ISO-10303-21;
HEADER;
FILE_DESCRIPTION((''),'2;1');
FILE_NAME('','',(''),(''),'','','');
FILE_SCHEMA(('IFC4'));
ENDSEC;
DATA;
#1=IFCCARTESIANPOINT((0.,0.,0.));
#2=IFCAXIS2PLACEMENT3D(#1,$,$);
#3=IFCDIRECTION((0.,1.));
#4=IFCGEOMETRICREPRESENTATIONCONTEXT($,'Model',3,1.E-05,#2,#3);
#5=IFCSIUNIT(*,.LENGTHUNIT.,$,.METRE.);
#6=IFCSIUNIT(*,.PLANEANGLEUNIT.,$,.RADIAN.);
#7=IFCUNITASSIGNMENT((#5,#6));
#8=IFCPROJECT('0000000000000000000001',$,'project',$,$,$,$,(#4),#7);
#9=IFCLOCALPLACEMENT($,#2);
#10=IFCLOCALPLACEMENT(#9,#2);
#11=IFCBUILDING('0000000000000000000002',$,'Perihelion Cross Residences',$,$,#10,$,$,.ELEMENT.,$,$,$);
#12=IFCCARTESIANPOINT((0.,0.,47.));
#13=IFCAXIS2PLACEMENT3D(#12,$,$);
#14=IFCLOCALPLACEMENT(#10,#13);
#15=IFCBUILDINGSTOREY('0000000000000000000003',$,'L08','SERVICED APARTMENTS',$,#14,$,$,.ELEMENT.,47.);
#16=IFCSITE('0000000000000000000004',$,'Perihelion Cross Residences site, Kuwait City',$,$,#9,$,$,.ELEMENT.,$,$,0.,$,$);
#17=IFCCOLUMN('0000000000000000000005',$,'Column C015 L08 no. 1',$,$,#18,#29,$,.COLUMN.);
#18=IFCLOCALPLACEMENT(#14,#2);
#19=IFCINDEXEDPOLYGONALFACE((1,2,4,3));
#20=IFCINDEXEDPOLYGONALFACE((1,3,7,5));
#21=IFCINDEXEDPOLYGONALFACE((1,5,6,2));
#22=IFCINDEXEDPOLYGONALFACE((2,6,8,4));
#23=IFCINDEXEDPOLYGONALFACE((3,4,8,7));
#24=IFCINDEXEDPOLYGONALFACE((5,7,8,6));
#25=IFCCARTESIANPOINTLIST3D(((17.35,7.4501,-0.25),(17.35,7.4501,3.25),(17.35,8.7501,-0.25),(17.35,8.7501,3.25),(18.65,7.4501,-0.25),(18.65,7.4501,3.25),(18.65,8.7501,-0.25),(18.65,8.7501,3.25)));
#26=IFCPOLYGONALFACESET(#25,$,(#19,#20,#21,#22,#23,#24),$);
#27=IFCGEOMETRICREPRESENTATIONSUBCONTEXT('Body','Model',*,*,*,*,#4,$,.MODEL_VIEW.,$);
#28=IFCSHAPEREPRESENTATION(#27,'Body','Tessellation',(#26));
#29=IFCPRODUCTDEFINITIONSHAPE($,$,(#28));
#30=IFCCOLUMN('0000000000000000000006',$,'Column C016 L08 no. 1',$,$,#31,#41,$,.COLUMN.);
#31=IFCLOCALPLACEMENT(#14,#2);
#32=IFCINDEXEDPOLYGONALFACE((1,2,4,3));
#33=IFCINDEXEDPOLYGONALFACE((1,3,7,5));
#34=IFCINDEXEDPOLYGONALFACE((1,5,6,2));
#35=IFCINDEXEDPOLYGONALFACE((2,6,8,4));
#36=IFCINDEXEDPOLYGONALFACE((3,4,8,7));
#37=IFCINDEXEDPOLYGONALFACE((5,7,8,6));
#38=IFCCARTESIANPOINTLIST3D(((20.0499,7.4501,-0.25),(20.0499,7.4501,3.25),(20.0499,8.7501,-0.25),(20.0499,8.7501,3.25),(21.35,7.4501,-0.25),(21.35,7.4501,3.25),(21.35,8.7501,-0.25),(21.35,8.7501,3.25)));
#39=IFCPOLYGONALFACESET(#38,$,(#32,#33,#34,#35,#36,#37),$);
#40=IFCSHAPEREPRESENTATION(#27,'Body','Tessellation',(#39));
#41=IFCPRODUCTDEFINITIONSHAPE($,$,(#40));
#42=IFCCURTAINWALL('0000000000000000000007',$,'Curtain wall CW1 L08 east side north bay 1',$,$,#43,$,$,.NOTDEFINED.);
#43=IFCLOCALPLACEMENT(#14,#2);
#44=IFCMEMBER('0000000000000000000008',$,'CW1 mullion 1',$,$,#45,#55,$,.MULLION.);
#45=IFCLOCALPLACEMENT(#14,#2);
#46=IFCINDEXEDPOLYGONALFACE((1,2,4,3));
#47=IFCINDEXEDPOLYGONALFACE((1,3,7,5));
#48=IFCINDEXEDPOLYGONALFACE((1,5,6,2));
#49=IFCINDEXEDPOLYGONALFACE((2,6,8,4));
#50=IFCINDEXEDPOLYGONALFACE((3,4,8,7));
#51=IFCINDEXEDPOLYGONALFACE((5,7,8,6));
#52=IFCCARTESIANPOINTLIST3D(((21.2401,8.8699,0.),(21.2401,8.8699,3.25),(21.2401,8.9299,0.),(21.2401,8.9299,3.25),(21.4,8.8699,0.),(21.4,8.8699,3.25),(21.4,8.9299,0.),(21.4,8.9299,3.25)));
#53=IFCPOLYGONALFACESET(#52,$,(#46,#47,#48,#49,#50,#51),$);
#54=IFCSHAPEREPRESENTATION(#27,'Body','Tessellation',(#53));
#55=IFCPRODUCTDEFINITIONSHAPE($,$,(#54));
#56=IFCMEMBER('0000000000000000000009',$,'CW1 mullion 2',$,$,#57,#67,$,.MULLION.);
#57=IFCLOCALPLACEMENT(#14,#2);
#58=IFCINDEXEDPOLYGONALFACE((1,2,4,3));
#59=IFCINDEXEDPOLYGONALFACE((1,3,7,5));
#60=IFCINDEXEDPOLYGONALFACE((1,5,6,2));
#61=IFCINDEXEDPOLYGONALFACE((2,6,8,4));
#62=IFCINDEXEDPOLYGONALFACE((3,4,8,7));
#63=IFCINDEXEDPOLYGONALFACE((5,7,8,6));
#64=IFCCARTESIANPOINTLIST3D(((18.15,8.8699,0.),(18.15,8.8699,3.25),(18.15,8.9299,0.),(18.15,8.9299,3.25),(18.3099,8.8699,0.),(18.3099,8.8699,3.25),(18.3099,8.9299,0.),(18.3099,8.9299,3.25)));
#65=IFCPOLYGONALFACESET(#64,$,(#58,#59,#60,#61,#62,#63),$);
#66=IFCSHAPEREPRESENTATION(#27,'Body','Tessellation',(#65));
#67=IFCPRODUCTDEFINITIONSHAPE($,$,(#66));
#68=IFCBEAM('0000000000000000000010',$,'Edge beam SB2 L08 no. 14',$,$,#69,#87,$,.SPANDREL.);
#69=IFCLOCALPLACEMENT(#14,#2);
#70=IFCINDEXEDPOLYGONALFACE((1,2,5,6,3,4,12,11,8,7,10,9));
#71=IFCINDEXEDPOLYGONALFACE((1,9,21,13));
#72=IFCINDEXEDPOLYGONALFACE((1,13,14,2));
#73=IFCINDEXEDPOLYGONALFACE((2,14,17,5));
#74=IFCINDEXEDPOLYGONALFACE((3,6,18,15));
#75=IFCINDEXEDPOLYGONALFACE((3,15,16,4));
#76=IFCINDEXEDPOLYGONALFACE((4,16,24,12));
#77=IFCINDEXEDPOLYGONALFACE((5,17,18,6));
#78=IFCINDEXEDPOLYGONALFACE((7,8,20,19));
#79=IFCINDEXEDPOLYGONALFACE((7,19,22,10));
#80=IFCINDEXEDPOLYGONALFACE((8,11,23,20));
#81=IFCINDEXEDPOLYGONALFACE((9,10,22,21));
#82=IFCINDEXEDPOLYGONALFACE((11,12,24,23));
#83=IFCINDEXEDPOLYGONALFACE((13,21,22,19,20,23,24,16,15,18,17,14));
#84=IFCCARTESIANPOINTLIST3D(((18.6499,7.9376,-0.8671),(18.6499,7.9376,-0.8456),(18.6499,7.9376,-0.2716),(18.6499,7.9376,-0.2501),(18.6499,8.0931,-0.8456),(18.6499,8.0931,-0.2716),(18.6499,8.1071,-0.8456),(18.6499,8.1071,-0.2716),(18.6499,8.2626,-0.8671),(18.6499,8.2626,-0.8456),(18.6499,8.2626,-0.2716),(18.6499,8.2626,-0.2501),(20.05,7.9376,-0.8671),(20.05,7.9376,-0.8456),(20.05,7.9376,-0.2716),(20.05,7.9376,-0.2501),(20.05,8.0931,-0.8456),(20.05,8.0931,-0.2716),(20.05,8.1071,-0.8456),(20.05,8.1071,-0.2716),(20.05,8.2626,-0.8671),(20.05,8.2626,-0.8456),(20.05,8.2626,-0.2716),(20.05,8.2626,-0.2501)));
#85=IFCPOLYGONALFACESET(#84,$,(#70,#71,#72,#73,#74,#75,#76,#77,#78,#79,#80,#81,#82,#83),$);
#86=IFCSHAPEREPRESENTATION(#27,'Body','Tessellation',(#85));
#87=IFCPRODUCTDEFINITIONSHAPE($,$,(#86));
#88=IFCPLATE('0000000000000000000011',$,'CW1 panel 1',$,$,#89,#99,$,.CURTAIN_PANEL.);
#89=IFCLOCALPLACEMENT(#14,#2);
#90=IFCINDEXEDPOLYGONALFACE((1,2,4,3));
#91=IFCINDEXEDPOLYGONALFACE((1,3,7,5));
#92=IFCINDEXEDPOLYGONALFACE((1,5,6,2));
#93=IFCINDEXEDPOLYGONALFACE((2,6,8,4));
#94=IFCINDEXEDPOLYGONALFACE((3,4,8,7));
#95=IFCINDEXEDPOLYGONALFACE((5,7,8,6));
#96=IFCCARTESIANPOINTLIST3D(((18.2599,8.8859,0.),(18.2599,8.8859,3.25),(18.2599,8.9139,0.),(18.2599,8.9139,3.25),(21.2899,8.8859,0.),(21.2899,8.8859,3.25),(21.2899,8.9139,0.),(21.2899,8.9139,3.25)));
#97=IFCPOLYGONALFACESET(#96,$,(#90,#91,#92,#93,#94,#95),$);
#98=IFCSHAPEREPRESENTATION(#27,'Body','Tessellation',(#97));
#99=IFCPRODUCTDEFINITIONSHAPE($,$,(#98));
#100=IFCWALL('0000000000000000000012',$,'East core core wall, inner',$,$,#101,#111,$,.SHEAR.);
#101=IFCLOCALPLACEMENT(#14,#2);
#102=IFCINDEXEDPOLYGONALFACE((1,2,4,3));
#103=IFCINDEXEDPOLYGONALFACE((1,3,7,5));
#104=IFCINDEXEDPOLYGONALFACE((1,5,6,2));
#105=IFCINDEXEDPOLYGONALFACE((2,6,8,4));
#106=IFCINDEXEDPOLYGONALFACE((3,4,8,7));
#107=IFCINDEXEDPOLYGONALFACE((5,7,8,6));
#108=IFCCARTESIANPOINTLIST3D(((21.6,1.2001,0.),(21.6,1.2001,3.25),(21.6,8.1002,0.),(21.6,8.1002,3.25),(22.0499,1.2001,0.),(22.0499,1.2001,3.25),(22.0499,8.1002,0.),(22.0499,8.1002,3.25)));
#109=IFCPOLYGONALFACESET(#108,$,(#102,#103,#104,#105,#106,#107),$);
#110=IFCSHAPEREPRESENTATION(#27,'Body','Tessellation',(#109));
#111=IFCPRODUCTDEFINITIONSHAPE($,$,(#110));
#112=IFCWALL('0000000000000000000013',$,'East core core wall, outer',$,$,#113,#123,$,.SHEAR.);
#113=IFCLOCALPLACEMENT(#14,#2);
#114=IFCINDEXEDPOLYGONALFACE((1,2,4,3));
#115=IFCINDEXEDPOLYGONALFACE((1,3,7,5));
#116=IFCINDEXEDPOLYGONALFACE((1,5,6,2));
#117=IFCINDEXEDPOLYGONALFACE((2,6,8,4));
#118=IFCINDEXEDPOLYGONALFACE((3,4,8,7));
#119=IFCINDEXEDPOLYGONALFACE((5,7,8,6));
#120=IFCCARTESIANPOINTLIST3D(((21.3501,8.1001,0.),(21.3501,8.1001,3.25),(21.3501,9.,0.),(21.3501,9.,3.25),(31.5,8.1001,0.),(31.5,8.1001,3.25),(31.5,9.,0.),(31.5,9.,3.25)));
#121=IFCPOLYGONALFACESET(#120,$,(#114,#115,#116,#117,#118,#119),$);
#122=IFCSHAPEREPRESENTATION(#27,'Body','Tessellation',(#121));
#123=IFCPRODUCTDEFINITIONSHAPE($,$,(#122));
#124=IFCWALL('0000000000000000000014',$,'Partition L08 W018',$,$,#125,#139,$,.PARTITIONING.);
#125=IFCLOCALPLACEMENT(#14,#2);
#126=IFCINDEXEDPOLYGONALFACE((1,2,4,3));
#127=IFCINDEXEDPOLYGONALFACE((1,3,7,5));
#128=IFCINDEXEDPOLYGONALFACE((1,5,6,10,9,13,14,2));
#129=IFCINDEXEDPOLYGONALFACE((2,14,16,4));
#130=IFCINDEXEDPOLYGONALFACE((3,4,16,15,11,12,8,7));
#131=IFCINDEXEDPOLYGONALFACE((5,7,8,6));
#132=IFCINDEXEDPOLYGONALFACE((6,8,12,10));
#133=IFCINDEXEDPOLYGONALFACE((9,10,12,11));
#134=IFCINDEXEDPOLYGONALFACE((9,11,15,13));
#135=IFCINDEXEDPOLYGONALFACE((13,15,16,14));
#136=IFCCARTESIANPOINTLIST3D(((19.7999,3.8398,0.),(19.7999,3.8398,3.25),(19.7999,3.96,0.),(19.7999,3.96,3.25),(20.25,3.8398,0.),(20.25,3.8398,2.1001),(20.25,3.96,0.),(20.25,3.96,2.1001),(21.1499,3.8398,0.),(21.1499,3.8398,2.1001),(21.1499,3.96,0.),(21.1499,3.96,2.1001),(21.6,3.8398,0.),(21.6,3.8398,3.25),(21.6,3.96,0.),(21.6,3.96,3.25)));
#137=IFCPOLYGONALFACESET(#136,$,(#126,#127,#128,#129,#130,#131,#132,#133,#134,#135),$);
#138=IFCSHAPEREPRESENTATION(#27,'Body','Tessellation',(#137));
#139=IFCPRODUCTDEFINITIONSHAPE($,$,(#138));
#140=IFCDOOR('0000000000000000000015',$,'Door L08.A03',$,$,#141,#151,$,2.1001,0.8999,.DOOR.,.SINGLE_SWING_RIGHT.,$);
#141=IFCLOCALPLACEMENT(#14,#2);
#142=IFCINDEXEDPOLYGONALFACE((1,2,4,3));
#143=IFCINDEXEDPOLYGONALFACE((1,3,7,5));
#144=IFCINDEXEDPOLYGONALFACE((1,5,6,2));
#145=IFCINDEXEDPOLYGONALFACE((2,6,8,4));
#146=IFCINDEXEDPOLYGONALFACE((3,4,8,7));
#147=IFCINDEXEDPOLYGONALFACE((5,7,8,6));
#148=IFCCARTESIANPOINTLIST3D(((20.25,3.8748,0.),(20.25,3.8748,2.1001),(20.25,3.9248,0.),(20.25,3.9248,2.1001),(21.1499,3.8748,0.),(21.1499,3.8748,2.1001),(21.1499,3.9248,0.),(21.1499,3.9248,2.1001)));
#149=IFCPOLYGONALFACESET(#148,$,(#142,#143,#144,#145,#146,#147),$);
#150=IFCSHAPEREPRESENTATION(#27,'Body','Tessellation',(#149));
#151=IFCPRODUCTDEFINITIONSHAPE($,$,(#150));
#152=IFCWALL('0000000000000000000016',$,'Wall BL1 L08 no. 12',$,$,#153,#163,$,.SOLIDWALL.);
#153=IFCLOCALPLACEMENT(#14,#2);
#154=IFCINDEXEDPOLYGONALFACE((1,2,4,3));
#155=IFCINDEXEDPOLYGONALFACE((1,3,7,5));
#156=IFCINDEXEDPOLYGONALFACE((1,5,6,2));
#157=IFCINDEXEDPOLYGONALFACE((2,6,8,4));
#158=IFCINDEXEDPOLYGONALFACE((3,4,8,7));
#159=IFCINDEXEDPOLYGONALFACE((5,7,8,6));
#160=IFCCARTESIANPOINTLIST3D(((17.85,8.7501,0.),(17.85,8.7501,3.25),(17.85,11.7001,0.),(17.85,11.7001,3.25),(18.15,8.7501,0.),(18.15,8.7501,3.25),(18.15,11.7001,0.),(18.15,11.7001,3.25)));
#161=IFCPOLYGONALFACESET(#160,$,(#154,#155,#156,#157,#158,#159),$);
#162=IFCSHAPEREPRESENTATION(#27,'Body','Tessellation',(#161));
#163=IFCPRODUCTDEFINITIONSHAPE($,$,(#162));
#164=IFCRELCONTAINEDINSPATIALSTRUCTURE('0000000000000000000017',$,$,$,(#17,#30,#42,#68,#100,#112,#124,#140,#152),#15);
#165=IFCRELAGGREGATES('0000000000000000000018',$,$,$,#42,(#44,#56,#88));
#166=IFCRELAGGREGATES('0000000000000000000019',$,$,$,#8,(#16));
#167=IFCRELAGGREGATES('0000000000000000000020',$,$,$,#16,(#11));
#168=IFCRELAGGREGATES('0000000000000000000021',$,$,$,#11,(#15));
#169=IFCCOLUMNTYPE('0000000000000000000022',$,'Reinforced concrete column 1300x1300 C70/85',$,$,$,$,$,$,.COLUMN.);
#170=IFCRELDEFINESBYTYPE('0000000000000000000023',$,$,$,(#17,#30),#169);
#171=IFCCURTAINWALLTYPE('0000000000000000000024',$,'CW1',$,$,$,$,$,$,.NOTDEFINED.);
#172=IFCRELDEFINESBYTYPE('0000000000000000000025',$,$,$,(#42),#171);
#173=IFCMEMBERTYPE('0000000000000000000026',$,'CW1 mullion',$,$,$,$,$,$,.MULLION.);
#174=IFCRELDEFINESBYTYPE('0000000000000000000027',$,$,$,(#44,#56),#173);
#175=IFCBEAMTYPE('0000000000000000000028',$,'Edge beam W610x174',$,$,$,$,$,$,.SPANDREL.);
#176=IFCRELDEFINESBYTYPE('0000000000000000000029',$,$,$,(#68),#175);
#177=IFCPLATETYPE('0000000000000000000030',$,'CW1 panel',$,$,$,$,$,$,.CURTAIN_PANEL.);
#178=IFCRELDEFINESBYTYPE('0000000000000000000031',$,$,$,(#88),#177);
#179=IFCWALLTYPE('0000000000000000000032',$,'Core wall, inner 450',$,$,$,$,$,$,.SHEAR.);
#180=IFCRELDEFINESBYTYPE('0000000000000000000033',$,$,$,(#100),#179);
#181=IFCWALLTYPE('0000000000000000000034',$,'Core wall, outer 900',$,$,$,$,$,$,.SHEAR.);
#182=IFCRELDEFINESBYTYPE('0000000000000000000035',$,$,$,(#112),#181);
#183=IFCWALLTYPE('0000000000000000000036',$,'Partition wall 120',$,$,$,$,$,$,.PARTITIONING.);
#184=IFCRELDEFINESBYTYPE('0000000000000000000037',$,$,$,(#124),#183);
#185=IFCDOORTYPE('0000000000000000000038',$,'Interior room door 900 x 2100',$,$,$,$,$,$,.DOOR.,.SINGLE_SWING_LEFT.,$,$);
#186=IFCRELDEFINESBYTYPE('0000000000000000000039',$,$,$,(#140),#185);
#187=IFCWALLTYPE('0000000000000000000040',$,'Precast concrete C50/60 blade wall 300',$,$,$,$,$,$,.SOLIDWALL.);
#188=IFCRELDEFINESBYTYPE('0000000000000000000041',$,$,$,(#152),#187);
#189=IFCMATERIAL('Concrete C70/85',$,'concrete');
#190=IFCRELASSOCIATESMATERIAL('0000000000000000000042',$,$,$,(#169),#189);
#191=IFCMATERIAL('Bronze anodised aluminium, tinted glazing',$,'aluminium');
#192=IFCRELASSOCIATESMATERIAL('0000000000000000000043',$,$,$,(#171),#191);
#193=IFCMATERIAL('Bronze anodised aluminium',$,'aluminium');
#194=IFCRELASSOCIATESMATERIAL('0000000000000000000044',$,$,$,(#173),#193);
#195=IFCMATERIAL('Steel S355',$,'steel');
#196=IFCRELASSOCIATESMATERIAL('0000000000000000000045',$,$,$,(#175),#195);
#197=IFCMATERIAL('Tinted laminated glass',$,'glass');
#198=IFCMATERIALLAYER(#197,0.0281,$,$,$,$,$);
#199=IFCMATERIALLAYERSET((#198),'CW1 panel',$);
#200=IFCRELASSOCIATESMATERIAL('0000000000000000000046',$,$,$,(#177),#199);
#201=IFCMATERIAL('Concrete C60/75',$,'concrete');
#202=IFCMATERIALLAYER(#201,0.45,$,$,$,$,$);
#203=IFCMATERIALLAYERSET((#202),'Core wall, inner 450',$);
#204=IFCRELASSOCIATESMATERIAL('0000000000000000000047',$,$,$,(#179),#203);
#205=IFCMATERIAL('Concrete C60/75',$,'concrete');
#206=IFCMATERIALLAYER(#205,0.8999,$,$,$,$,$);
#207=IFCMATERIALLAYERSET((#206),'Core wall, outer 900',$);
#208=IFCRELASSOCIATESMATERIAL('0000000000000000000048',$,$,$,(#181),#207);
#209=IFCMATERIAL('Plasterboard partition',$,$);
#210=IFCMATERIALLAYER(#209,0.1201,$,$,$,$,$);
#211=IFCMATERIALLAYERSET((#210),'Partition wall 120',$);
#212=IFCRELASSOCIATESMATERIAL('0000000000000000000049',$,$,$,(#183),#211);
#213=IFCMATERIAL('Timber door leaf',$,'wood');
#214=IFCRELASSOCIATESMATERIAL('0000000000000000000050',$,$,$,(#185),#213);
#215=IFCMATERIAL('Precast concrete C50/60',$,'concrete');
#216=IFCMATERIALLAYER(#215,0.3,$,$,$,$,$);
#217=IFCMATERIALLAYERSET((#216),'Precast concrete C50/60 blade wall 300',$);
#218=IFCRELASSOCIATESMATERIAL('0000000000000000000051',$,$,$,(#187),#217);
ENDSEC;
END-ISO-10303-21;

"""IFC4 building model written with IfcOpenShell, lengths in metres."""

from ifc_helpers import new_model, si_unit, direction, frame, frame_2d, origin, origin_2d, place, context, subcontext, project, spatial, rectangle, i_section, extrude, material, layer, layer_set, material_profile, profile_set, type_object, element, fill, aggregate, save


model = new_model("IFC4")

# Units and contexts
model_context = context("Model", 3, precision=1e-05, world=origin(), true_north=direction((0.0, 1.0)))
body_context = subcontext(model_context, "Body", "Model", "MODEL_VIEW")
ifc_project = project(units=[si_unit("LENGTHUNIT", "METRE"), si_unit("PLANEANGLEUNIT", "RADIAN")], contexts=[model_context])

# Site, building, storey
site_placement = place(None, origin())
site = spatial("IfcSite", under=ifc_project, at=site_placement, Name="Perihelion Cross Residences site, Kuwait City", CompositionType="ELEMENT", RefElevation=0.0)
building_placement = place(site_placement, origin())
building = spatial("IfcBuilding", under=site, at=building_placement, Name="Perihelion Cross Residences", CompositionType="ELEMENT")
storey_placement = place(building_placement, frame((0.0, 0.0, 47.0)))
storey = spatial("IfcBuildingStorey", under=building, at=storey_placement, Name="L08", Description="SERVICED APARTMENTS", CompositionType="ELEMENT", Elevation=47.0)

# Columns
ifc_material_1 = material(Name="Concrete C70/85", Category="concrete")
ifc_material_profile_1 = material_profile(ifc_material_1, rectangle(XDim=1.3, YDim=1.3, at=origin_2d()), Name="RC 1300x1300")
ifc_profile_set_1 = profile_set([ifc_material_profile_1], Name="Concrete C70/85")
column_type = type_object("IfcColumnType", Name="Reinforced concrete column 1300x1300 C70/85", PredefinedType="COLUMN", material=ifc_profile_set_1)
for number, where, z_axis, x_axis, name in (
    (1, (18.0, 8.1001, -0.25), (0.0, 0.0, 1.0), (1.0, 0.0, 0.0), "Column C015 L08 no. 1"),
    (2, (20.7, 8.1001, -0.25), (0.0, 0.0, 1.0), (1.0, 0.0, 0.0), "Column C016 L08 no. 1"),
):
    element("IfcColumn", number, at=place(storey_placement, frame(where, z_axis=z_axis, x_axis=x_axis)), inside=storey, type_object=column_type, Name=name, PredefinedType="COLUMN", context=body_context, shape_type="SweptSolid", body=[
        extrude(rectangle(XDim=1.3, YDim=1.3, at=origin_2d()), origin(), (0.0, 0.0, 1.0), 3.5),
    ])

# Curtain wall, members
ifc_material_2 = material(Name="Bronze anodised aluminium, tinted glazing", Category="aluminium")
curtain_wall_type = type_object("IfcCurtainWallType", Name="CW1", PredefinedType="NOTDEFINED", material=ifc_material_2)
curtain_wall_placement = place(storey_placement, origin())
curtain_wall = element("IfcCurtainWall", 3, at=curtain_wall_placement, inside=storey, type_object=curtain_wall_type, Name="Curtain wall CW1 L08 east side north bay 1", PredefinedType="NOTDEFINED")
ifc_material_3 = material(Name="Bronze anodised aluminium", Category="aluminium")
ifc_material_profile_2 = material_profile(ifc_material_3, rectangle(XDim=0.0601, YDim=0.1599, at=origin_2d()), Name="CW1 mullion")
ifc_profile_set_2 = profile_set([ifc_material_profile_2], Name="Bronze anodised aluminium")
member_type = type_object("IfcMemberType", Name="CW1 mullion", PredefinedType="MULLION", material=ifc_profile_set_2)
member_1_placement = place(storey_placement, frame((21.3201, 8.8999, 0.0), z_axis=(0.0, 0.0, 1.0), x_axis=(0.0, -1.0, 0.0)))
member_1 = element("IfcMember", 4, at=member_1_placement, type_object=member_type, Name="CW1 mullion 1", PredefinedType="MULLION", context=body_context, shape_type="SweptSolid", body=[
    extrude(rectangle(XDim=0.0601, YDim=0.1599, at=origin_2d()), origin(), (0.0, 0.0, 1.0), 3.25),
])
member_2_placement = place(storey_placement, frame((18.23, 8.8999, 0.0), z_axis=(0.0, 0.0, 1.0), x_axis=(0.0, -1.0, 0.0)))
member_2 = element("IfcMember", 5, at=member_2_placement, type_object=member_type, Name="CW1 mullion 2", PredefinedType="MULLION", context=body_context, shape_type="SweptSolid", body=[
    extrude(rectangle(XDim=0.0601, YDim=0.1599, at=origin_2d()), origin(), (0.0, 0.0, 1.0), 3.25),
])

# Beam
ifc_material_4 = material(Name="Steel S355", Category="steel")
ifc_material_profile_3 = material_profile(ifc_material_4, i_section(OverallWidth=0.325, OverallDepth=0.6169, WebThickness=0.0139, FlangeThickness=0.0215, at=origin_2d()), Name="W610x174")
ifc_profile_set_3 = profile_set([ifc_material_profile_3], Name="Steel S355")
beam_type = type_object("IfcBeamType", Name="Edge beam W610x174", PredefinedType="SPANDREL", material=ifc_profile_set_3)
beam_placement = place(storey_placement, frame((20.05, 8.1001, -0.5586), z_axis=(-1.0, 0.0, 0.0), x_axis=(0.0, -1.0, 0.0)))
element("IfcBeam", 6, at=beam_placement, inside=storey, type_object=beam_type, Name="Edge beam SB2 L08 no. 14", PredefinedType="SPANDREL", context=body_context, shape_type="SweptSolid", body=[
    extrude(i_section(OverallWidth=0.325, OverallDepth=0.6169, WebThickness=0.0139, FlangeThickness=0.0215, at=origin_2d()), origin(), (0.0, 0.0, 1.0), 1.4001),
])

# Plate
ifc_material_5 = material(Name="Tinted laminated glass", Category="glass")
ifc_layer_1 = layer(ifc_material_5, 0.0281)
ifc_layer_set_1 = layer_set([ifc_layer_1], Name="CW1 panel")
plate_type = type_object("IfcPlateType", Name="CW1 panel", PredefinedType="CURTAIN_PANEL", material=ifc_layer_set_1)
plate_placement = place(storey_placement, frame((19.7749, 8.8999, 0.0), z_axis=(0.0, 0.0, 1.0), x_axis=(-1.0, 0.0, 0.0)))
plate = element("IfcPlate", 7, at=plate_placement, type_object=plate_type, Name="CW1 panel 1", PredefinedType="CURTAIN_PANEL", context=body_context, shape_type="SweptSolid", body=[
    extrude(rectangle(XDim=3.03, YDim=0.0281, at=origin_2d()), origin(), (0.0, 0.0, 1.0), 3.25),
])
aggregate(curtain_wall, [member_1, member_2, plate])

# Walls
ifc_material_6 = material(Name="Concrete C60/75", Category="concrete")
ifc_layer_2 = layer(ifc_material_6, 0.45)
ifc_layer_set_2 = layer_set([ifc_layer_2], Name="Core wall, inner 450")
wall_type_1 = type_object("IfcWallType", Name="Core wall, inner 450", PredefinedType="SHEAR", material=ifc_layer_set_2)
wall_1_placement = place(storey_placement, frame((21.825, 1.2, 0.0), z_axis=(0.0, 0.0, 1.0), x_axis=(0.0, 1.0, 0.0)))
element("IfcWall", 8, at=wall_1_placement, inside=storey, type_object=wall_type_1, Name="East core core wall, inner", PredefinedType="SHEAR", context=body_context, shape_type="SweptSolid", body=[
    extrude(rectangle(XDim=6.9001, YDim=0.45, at=frame_2d((3.4502, 0.0))), origin(), (0.0, 0.0, 1.0), 3.25),
])
ifc_material_7 = material(Name="Concrete C60/75", Category="concrete")
ifc_layer_3 = layer(ifc_material_7, 0.8999)
ifc_layer_set_3 = layer_set([ifc_layer_3], Name="Core wall, outer 900")
wall_type_2 = type_object("IfcWallType", Name="Core wall, outer 900", PredefinedType="SHEAR", material=ifc_layer_set_3)
wall_2_placement = place(storey_placement, frame((21.3501, 8.55, 0.0), z_axis=(0.0, 0.0, 1.0), x_axis=(1.0, 0.0, 0.0)))
element("IfcWall", 9, at=wall_2_placement, inside=storey, type_object=wall_type_2, Name="East core core wall, outer", PredefinedType="SHEAR", context=body_context, shape_type="SweptSolid", body=[
    extrude(rectangle(XDim=10.1499, YDim=0.8999, at=frame_2d((5.075, 0.0))), origin(), (0.0, 0.0, 1.0), 3.25),
])

# Wall, opening, door
ifc_material_8 = material(Name="Plasterboard partition")
ifc_layer_4 = layer(ifc_material_8, 0.1201)
ifc_layer_set_4 = layer_set([ifc_layer_4], Name="Partition wall 120")
wall_type_3 = type_object("IfcWallType", Name="Partition wall 120", PredefinedType="PARTITIONING", material=ifc_layer_set_4)
wall_3_placement = place(storey_placement, frame((19.8, 3.8999, 0.0), z_axis=(0.0, 0.0, 1.0), x_axis=(1.0, 0.0, 0.0)))
wall_3 = element("IfcWall", 10, at=wall_3_placement, inside=storey, type_object=wall_type_3, Name="Partition L08 W018", PredefinedType="PARTITIONING", context=body_context, shape_type="SweptSolid", body=[
    extrude(rectangle(XDim=1.8, YDim=0.1201, at=frame_2d((0.8999, 0.0))), origin(), (0.0, 0.0, 1.0), 3.25),
])
opening_1_placement = place(wall_3_placement, frame((0.45, 0.0, 0.0)))
opening_1 = element("IfcOpeningElement", 11, at=opening_1_placement, cuts=wall_3, PredefinedType="OPENING", context=body_context, shape_type="SweptSolid", body=[
    extrude(rectangle(XDim=0.8999, YDim=2.1001, at=frame_2d((0.45, 1.05))), frame((0.0, 0.0701, 0.0), z_axis=(0.0, -1.0, 0.0), x_axis=(1.0, 0.0, 0.0)), (0.0, 0.0, 1.0), 0.1401),
])
ifc_material_9 = material(Name="Timber door leaf", Category="wood")
door_type_1 = type_object("IfcDoorType", Name="Interior room door 900 x 2100", OperationType="SINGLE_SWING_LEFT", PredefinedType="DOOR", material=ifc_material_9)
door_1_placement = place(opening_1_placement, origin())
door_1 = element("IfcDoor", 12, at=door_1_placement, inside=storey, type_object=door_type_1, Name="Door L08.A03", OperationType="SINGLE_SWING_RIGHT", OverallHeight=2.1001, OverallWidth=0.8999, PredefinedType="DOOR", context=body_context, shape_type="SweptSolid", body=[
    extrude(rectangle(XDim=0.8999, YDim=2.1001, at=frame_2d((0.45, 1.05))), frame((0.0, 0.0249, 0.0), z_axis=(0.0, -1.0, 0.0), x_axis=(1.0, 0.0, 0.0)), (0.0, 0.0, 1.0), 0.05),
])
fill(opening_1, door_1)

# Wall
ifc_material_10 = material(Name="Precast concrete C50/60", Category="concrete")
ifc_layer_5 = layer(ifc_material_10, 0.3)
ifc_layer_set_5 = layer_set([ifc_layer_5], Name="Precast concrete C50/60 blade wall 300")
wall_type_4 = type_object("IfcWallType", Name="Precast concrete C50/60 blade wall 300", PredefinedType="SOLIDWALL", material=ifc_layer_set_5)
wall_4_placement = place(storey_placement, frame((18.0, 8.75, 0.0), z_axis=(0.0, 0.0, 1.0), x_axis=(0.0, 1.0, 0.0)))
element("IfcWall", 13, at=wall_4_placement, inside=storey, type_object=wall_type_4, Name="Wall BL1 L08 no. 12", PredefinedType="SOLIDWALL", context=body_context, shape_type="SweptSolid", body=[
    extrude(rectangle(XDim=2.95, YDim=0.3, at=frame_2d((1.4751, 0.0))), origin(), (0.0, 0.0, 1.0), 3.25),
])

save(model, "model.ifc")
